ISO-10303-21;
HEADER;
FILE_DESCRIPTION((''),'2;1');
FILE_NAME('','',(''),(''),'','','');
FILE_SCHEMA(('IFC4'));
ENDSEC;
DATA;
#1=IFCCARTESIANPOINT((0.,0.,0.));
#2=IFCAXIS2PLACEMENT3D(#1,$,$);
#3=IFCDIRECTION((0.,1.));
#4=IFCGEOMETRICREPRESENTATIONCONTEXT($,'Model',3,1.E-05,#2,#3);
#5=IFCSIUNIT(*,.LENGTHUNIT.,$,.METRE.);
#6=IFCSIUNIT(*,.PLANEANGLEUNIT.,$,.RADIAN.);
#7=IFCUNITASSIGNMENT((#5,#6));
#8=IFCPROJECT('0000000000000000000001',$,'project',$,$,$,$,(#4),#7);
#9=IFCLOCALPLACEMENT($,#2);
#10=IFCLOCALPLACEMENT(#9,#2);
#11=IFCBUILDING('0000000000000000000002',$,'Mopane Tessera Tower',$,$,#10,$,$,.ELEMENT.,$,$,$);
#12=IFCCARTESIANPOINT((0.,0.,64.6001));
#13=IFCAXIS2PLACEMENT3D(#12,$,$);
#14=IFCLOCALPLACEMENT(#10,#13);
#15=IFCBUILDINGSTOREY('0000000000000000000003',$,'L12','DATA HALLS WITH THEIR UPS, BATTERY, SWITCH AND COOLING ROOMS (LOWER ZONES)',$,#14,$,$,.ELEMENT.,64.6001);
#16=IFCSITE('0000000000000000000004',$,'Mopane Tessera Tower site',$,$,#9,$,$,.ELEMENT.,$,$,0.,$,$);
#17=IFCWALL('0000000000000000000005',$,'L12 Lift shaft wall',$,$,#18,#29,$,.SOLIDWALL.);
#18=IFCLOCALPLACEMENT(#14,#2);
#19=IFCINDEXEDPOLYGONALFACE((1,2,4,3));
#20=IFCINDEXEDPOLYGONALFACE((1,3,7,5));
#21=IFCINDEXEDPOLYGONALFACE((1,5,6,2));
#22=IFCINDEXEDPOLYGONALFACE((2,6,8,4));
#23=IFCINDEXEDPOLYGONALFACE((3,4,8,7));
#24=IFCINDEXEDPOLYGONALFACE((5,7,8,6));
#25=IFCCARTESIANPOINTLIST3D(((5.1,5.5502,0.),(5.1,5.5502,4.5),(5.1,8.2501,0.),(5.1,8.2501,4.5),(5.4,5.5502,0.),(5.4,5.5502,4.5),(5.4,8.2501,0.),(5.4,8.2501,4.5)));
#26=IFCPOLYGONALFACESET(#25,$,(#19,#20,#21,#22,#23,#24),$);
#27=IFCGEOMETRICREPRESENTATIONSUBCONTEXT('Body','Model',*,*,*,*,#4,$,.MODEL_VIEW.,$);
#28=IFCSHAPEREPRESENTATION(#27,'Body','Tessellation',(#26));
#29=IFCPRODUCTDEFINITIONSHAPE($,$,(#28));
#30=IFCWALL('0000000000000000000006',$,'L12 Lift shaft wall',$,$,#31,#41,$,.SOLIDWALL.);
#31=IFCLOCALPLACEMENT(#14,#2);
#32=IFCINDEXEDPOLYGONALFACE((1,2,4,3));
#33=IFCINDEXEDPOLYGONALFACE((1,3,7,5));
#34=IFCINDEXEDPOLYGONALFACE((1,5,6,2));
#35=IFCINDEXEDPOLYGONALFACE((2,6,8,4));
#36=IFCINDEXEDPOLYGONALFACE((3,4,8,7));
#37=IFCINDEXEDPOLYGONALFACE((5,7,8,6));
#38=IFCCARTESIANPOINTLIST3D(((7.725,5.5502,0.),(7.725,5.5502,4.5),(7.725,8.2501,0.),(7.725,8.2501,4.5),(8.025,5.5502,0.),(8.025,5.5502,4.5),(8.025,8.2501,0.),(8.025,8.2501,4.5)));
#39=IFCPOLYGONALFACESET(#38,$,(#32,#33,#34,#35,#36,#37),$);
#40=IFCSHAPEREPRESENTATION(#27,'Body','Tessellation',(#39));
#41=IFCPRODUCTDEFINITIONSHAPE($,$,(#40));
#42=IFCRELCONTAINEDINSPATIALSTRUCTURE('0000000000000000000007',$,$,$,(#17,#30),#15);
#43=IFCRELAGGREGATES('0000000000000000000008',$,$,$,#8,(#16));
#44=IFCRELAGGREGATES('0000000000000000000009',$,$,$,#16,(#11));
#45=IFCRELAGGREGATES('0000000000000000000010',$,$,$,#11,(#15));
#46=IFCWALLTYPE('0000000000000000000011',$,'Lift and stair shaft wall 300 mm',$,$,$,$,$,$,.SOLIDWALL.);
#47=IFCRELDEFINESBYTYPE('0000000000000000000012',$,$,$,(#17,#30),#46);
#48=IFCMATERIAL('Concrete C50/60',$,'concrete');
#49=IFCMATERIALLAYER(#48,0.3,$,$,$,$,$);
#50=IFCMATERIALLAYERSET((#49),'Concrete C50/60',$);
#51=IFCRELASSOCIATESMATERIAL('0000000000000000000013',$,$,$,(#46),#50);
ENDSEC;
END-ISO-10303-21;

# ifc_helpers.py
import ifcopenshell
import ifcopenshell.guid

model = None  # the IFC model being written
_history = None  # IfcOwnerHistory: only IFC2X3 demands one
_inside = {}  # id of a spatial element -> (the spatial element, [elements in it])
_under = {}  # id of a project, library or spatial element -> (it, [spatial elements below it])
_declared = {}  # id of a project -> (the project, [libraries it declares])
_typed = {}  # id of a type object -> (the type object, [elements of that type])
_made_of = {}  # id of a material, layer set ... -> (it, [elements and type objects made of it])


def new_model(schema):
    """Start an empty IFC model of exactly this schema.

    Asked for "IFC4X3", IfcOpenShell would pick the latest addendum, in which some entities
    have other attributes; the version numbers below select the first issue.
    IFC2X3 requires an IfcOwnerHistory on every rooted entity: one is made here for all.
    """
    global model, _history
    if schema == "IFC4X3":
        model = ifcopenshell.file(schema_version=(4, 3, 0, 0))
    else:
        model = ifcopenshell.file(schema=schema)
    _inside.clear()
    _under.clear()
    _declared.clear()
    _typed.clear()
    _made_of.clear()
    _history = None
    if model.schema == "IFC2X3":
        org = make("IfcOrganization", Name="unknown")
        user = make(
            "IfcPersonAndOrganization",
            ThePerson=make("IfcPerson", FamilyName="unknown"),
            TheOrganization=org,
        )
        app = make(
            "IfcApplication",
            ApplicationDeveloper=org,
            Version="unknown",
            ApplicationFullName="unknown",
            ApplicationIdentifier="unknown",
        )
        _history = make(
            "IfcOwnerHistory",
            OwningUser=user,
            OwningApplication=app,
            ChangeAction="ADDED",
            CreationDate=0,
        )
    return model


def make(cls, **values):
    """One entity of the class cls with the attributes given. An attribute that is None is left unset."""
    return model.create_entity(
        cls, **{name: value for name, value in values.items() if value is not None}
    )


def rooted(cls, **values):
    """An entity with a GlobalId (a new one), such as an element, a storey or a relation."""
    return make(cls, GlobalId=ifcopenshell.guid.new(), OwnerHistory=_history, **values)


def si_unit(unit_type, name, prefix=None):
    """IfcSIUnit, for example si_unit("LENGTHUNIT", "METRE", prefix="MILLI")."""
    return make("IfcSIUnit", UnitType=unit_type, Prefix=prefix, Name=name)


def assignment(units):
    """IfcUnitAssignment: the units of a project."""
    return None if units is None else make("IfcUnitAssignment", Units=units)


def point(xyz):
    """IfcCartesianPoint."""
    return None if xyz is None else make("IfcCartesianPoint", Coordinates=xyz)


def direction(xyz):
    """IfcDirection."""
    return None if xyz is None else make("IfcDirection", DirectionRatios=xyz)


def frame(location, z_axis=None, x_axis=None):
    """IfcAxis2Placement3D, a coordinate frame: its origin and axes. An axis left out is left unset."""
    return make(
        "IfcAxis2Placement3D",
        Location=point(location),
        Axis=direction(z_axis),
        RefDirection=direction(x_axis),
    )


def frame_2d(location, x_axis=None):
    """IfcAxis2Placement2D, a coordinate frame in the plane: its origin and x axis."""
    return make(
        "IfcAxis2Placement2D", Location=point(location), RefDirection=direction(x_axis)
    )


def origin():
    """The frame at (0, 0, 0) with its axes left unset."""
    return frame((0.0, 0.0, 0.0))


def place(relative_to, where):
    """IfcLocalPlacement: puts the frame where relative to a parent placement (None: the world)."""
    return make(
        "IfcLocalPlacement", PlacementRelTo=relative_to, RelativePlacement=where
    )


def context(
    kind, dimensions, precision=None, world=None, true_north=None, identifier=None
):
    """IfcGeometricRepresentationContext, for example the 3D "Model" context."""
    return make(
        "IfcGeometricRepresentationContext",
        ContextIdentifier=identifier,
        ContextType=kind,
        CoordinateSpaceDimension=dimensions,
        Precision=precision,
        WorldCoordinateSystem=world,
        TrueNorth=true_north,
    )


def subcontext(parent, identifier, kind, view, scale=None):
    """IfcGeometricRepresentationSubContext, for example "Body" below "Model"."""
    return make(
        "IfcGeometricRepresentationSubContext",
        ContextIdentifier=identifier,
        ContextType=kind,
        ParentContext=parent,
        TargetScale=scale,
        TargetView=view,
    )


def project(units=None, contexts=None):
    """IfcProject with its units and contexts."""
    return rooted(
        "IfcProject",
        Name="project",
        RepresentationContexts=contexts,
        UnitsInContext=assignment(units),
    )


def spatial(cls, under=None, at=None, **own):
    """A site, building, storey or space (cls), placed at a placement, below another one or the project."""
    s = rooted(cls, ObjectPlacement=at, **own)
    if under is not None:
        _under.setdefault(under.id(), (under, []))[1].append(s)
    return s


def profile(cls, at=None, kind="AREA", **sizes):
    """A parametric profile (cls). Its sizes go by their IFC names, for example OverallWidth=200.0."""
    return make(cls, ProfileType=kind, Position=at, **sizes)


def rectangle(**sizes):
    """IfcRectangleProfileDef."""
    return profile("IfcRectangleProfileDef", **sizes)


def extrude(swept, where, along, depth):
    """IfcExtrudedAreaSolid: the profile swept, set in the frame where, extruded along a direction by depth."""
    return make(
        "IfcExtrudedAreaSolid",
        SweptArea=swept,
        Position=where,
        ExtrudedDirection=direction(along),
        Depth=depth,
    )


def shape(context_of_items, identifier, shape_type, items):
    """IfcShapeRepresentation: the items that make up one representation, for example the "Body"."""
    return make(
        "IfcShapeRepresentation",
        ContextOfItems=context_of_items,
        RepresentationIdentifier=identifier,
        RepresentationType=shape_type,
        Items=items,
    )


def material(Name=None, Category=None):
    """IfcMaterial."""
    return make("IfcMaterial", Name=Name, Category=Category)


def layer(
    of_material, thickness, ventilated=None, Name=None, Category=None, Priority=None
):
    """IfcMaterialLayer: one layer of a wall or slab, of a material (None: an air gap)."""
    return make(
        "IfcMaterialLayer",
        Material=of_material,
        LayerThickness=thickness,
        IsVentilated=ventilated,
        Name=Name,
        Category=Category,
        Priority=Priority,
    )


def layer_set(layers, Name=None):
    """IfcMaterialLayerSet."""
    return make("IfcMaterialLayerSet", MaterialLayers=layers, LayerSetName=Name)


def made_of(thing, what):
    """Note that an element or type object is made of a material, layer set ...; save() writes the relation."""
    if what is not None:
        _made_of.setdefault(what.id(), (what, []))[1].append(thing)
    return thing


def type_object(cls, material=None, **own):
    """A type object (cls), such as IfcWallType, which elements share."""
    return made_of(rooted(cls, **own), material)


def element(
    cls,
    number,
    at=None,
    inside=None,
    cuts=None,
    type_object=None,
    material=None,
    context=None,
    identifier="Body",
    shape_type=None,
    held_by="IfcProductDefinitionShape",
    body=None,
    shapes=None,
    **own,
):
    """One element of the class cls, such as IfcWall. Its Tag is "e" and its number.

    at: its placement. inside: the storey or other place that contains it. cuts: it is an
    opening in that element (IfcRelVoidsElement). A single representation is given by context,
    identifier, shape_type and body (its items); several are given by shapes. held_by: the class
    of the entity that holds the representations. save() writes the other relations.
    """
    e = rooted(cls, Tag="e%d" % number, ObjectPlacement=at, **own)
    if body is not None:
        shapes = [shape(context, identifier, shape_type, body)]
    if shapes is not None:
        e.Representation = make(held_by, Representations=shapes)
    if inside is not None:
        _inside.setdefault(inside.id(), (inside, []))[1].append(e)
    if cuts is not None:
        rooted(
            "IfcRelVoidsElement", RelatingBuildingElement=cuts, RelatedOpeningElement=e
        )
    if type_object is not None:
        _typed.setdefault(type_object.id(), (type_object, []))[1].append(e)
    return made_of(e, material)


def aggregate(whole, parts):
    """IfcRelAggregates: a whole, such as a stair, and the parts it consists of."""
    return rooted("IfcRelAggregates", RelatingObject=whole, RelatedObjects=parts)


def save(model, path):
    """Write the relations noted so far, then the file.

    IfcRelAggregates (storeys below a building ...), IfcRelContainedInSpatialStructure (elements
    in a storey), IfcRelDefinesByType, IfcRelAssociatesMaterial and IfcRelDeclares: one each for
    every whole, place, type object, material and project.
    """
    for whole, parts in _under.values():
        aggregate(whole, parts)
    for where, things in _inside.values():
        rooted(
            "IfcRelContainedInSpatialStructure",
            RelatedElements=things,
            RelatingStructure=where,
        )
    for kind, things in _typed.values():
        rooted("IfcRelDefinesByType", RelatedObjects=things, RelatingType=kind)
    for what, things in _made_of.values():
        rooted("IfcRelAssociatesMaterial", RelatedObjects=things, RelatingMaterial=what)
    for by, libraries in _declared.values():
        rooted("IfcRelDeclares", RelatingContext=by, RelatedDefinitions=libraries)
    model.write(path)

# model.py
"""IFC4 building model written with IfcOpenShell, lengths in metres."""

from ifc_helpers import new_model, si_unit, direction, frame, frame_2d, origin, place, context, subcontext, project, spatial, rectangle, extrude, material, layer, layer_set, type_object, element, save


model = new_model("IFC4")

# Units and contexts
model_context = context("Model", 3, precision=1e-05, world=origin(), true_north=direction((0.0, 1.0)))
body_context = subcontext(model_context, "Body", "Model", "MODEL_VIEW")
ifc_project = project(units=[si_unit("LENGTHUNIT", "METRE"), si_unit("PLANEANGLEUNIT", "RADIAN")], contexts=[model_context])

# Site, building, storey
site_placement = place(None, origin())
site = spatial("IfcSite", under=ifc_project, at=site_placement, Name="Mopane Tessera Tower site", CompositionType="ELEMENT", RefElevation=0.0)
building_placement = place(site_placement, origin())
building = spatial("IfcBuilding", under=site, at=building_placement, Name="Mopane Tessera Tower", CompositionType="ELEMENT")
storey_placement = place(building_placement, frame((0.0, 0.0, 64.6001)))
storey = spatial("IfcBuildingStorey", under=building, at=storey_placement, Name="L12", Description="DATA HALLS WITH THEIR UPS, BATTERY, SWITCH AND COOLING ROOMS (LOWER ZONES)", CompositionType="ELEMENT", Elevation=64.6001)

# Shared definitions
ifc_material_1 = material(Name="Concrete C50/60", Category="concrete")
ifc_layer_1 = layer(ifc_material_1, 0.3)
ifc_layer_set_1 = layer_set([ifc_layer_1], Name="Concrete C50/60")
wall_type_1 = type_object("IfcWallType", Name="Lift and stair shaft wall 300 mm", PredefinedType="SOLIDWALL", material=ifc_layer_set_1)

# Walls
for number, where, z_axis, x_axis, name in (
    (1, (5.25, 5.55, 0.0), (0.0, 0.0, 1.0), (0.0, 1.0, 0.0), "L12 Lift shaft wall"),
    (2, (7.875, 5.55, 0.0), (0.0, 0.0, 1.0), (0.0, 1.0, 0.0), "L12 Lift shaft wall"),
):
    element("IfcWall", number, at=place(storey_placement, frame(where, z_axis=z_axis, x_axis=x_axis)), inside=storey, type_object=wall_type_1, Name=name, PredefinedType="SOLIDWALL", context=body_context, shape_type="SweptSolid", body=[
        extrude(rectangle(XDim=2.7, YDim=0.3, at=frame_2d((1.3501, 0.0))), origin(), (0.0, 0.0, 1.0), 4.5),
    ])

save(model, "model.ifc")
